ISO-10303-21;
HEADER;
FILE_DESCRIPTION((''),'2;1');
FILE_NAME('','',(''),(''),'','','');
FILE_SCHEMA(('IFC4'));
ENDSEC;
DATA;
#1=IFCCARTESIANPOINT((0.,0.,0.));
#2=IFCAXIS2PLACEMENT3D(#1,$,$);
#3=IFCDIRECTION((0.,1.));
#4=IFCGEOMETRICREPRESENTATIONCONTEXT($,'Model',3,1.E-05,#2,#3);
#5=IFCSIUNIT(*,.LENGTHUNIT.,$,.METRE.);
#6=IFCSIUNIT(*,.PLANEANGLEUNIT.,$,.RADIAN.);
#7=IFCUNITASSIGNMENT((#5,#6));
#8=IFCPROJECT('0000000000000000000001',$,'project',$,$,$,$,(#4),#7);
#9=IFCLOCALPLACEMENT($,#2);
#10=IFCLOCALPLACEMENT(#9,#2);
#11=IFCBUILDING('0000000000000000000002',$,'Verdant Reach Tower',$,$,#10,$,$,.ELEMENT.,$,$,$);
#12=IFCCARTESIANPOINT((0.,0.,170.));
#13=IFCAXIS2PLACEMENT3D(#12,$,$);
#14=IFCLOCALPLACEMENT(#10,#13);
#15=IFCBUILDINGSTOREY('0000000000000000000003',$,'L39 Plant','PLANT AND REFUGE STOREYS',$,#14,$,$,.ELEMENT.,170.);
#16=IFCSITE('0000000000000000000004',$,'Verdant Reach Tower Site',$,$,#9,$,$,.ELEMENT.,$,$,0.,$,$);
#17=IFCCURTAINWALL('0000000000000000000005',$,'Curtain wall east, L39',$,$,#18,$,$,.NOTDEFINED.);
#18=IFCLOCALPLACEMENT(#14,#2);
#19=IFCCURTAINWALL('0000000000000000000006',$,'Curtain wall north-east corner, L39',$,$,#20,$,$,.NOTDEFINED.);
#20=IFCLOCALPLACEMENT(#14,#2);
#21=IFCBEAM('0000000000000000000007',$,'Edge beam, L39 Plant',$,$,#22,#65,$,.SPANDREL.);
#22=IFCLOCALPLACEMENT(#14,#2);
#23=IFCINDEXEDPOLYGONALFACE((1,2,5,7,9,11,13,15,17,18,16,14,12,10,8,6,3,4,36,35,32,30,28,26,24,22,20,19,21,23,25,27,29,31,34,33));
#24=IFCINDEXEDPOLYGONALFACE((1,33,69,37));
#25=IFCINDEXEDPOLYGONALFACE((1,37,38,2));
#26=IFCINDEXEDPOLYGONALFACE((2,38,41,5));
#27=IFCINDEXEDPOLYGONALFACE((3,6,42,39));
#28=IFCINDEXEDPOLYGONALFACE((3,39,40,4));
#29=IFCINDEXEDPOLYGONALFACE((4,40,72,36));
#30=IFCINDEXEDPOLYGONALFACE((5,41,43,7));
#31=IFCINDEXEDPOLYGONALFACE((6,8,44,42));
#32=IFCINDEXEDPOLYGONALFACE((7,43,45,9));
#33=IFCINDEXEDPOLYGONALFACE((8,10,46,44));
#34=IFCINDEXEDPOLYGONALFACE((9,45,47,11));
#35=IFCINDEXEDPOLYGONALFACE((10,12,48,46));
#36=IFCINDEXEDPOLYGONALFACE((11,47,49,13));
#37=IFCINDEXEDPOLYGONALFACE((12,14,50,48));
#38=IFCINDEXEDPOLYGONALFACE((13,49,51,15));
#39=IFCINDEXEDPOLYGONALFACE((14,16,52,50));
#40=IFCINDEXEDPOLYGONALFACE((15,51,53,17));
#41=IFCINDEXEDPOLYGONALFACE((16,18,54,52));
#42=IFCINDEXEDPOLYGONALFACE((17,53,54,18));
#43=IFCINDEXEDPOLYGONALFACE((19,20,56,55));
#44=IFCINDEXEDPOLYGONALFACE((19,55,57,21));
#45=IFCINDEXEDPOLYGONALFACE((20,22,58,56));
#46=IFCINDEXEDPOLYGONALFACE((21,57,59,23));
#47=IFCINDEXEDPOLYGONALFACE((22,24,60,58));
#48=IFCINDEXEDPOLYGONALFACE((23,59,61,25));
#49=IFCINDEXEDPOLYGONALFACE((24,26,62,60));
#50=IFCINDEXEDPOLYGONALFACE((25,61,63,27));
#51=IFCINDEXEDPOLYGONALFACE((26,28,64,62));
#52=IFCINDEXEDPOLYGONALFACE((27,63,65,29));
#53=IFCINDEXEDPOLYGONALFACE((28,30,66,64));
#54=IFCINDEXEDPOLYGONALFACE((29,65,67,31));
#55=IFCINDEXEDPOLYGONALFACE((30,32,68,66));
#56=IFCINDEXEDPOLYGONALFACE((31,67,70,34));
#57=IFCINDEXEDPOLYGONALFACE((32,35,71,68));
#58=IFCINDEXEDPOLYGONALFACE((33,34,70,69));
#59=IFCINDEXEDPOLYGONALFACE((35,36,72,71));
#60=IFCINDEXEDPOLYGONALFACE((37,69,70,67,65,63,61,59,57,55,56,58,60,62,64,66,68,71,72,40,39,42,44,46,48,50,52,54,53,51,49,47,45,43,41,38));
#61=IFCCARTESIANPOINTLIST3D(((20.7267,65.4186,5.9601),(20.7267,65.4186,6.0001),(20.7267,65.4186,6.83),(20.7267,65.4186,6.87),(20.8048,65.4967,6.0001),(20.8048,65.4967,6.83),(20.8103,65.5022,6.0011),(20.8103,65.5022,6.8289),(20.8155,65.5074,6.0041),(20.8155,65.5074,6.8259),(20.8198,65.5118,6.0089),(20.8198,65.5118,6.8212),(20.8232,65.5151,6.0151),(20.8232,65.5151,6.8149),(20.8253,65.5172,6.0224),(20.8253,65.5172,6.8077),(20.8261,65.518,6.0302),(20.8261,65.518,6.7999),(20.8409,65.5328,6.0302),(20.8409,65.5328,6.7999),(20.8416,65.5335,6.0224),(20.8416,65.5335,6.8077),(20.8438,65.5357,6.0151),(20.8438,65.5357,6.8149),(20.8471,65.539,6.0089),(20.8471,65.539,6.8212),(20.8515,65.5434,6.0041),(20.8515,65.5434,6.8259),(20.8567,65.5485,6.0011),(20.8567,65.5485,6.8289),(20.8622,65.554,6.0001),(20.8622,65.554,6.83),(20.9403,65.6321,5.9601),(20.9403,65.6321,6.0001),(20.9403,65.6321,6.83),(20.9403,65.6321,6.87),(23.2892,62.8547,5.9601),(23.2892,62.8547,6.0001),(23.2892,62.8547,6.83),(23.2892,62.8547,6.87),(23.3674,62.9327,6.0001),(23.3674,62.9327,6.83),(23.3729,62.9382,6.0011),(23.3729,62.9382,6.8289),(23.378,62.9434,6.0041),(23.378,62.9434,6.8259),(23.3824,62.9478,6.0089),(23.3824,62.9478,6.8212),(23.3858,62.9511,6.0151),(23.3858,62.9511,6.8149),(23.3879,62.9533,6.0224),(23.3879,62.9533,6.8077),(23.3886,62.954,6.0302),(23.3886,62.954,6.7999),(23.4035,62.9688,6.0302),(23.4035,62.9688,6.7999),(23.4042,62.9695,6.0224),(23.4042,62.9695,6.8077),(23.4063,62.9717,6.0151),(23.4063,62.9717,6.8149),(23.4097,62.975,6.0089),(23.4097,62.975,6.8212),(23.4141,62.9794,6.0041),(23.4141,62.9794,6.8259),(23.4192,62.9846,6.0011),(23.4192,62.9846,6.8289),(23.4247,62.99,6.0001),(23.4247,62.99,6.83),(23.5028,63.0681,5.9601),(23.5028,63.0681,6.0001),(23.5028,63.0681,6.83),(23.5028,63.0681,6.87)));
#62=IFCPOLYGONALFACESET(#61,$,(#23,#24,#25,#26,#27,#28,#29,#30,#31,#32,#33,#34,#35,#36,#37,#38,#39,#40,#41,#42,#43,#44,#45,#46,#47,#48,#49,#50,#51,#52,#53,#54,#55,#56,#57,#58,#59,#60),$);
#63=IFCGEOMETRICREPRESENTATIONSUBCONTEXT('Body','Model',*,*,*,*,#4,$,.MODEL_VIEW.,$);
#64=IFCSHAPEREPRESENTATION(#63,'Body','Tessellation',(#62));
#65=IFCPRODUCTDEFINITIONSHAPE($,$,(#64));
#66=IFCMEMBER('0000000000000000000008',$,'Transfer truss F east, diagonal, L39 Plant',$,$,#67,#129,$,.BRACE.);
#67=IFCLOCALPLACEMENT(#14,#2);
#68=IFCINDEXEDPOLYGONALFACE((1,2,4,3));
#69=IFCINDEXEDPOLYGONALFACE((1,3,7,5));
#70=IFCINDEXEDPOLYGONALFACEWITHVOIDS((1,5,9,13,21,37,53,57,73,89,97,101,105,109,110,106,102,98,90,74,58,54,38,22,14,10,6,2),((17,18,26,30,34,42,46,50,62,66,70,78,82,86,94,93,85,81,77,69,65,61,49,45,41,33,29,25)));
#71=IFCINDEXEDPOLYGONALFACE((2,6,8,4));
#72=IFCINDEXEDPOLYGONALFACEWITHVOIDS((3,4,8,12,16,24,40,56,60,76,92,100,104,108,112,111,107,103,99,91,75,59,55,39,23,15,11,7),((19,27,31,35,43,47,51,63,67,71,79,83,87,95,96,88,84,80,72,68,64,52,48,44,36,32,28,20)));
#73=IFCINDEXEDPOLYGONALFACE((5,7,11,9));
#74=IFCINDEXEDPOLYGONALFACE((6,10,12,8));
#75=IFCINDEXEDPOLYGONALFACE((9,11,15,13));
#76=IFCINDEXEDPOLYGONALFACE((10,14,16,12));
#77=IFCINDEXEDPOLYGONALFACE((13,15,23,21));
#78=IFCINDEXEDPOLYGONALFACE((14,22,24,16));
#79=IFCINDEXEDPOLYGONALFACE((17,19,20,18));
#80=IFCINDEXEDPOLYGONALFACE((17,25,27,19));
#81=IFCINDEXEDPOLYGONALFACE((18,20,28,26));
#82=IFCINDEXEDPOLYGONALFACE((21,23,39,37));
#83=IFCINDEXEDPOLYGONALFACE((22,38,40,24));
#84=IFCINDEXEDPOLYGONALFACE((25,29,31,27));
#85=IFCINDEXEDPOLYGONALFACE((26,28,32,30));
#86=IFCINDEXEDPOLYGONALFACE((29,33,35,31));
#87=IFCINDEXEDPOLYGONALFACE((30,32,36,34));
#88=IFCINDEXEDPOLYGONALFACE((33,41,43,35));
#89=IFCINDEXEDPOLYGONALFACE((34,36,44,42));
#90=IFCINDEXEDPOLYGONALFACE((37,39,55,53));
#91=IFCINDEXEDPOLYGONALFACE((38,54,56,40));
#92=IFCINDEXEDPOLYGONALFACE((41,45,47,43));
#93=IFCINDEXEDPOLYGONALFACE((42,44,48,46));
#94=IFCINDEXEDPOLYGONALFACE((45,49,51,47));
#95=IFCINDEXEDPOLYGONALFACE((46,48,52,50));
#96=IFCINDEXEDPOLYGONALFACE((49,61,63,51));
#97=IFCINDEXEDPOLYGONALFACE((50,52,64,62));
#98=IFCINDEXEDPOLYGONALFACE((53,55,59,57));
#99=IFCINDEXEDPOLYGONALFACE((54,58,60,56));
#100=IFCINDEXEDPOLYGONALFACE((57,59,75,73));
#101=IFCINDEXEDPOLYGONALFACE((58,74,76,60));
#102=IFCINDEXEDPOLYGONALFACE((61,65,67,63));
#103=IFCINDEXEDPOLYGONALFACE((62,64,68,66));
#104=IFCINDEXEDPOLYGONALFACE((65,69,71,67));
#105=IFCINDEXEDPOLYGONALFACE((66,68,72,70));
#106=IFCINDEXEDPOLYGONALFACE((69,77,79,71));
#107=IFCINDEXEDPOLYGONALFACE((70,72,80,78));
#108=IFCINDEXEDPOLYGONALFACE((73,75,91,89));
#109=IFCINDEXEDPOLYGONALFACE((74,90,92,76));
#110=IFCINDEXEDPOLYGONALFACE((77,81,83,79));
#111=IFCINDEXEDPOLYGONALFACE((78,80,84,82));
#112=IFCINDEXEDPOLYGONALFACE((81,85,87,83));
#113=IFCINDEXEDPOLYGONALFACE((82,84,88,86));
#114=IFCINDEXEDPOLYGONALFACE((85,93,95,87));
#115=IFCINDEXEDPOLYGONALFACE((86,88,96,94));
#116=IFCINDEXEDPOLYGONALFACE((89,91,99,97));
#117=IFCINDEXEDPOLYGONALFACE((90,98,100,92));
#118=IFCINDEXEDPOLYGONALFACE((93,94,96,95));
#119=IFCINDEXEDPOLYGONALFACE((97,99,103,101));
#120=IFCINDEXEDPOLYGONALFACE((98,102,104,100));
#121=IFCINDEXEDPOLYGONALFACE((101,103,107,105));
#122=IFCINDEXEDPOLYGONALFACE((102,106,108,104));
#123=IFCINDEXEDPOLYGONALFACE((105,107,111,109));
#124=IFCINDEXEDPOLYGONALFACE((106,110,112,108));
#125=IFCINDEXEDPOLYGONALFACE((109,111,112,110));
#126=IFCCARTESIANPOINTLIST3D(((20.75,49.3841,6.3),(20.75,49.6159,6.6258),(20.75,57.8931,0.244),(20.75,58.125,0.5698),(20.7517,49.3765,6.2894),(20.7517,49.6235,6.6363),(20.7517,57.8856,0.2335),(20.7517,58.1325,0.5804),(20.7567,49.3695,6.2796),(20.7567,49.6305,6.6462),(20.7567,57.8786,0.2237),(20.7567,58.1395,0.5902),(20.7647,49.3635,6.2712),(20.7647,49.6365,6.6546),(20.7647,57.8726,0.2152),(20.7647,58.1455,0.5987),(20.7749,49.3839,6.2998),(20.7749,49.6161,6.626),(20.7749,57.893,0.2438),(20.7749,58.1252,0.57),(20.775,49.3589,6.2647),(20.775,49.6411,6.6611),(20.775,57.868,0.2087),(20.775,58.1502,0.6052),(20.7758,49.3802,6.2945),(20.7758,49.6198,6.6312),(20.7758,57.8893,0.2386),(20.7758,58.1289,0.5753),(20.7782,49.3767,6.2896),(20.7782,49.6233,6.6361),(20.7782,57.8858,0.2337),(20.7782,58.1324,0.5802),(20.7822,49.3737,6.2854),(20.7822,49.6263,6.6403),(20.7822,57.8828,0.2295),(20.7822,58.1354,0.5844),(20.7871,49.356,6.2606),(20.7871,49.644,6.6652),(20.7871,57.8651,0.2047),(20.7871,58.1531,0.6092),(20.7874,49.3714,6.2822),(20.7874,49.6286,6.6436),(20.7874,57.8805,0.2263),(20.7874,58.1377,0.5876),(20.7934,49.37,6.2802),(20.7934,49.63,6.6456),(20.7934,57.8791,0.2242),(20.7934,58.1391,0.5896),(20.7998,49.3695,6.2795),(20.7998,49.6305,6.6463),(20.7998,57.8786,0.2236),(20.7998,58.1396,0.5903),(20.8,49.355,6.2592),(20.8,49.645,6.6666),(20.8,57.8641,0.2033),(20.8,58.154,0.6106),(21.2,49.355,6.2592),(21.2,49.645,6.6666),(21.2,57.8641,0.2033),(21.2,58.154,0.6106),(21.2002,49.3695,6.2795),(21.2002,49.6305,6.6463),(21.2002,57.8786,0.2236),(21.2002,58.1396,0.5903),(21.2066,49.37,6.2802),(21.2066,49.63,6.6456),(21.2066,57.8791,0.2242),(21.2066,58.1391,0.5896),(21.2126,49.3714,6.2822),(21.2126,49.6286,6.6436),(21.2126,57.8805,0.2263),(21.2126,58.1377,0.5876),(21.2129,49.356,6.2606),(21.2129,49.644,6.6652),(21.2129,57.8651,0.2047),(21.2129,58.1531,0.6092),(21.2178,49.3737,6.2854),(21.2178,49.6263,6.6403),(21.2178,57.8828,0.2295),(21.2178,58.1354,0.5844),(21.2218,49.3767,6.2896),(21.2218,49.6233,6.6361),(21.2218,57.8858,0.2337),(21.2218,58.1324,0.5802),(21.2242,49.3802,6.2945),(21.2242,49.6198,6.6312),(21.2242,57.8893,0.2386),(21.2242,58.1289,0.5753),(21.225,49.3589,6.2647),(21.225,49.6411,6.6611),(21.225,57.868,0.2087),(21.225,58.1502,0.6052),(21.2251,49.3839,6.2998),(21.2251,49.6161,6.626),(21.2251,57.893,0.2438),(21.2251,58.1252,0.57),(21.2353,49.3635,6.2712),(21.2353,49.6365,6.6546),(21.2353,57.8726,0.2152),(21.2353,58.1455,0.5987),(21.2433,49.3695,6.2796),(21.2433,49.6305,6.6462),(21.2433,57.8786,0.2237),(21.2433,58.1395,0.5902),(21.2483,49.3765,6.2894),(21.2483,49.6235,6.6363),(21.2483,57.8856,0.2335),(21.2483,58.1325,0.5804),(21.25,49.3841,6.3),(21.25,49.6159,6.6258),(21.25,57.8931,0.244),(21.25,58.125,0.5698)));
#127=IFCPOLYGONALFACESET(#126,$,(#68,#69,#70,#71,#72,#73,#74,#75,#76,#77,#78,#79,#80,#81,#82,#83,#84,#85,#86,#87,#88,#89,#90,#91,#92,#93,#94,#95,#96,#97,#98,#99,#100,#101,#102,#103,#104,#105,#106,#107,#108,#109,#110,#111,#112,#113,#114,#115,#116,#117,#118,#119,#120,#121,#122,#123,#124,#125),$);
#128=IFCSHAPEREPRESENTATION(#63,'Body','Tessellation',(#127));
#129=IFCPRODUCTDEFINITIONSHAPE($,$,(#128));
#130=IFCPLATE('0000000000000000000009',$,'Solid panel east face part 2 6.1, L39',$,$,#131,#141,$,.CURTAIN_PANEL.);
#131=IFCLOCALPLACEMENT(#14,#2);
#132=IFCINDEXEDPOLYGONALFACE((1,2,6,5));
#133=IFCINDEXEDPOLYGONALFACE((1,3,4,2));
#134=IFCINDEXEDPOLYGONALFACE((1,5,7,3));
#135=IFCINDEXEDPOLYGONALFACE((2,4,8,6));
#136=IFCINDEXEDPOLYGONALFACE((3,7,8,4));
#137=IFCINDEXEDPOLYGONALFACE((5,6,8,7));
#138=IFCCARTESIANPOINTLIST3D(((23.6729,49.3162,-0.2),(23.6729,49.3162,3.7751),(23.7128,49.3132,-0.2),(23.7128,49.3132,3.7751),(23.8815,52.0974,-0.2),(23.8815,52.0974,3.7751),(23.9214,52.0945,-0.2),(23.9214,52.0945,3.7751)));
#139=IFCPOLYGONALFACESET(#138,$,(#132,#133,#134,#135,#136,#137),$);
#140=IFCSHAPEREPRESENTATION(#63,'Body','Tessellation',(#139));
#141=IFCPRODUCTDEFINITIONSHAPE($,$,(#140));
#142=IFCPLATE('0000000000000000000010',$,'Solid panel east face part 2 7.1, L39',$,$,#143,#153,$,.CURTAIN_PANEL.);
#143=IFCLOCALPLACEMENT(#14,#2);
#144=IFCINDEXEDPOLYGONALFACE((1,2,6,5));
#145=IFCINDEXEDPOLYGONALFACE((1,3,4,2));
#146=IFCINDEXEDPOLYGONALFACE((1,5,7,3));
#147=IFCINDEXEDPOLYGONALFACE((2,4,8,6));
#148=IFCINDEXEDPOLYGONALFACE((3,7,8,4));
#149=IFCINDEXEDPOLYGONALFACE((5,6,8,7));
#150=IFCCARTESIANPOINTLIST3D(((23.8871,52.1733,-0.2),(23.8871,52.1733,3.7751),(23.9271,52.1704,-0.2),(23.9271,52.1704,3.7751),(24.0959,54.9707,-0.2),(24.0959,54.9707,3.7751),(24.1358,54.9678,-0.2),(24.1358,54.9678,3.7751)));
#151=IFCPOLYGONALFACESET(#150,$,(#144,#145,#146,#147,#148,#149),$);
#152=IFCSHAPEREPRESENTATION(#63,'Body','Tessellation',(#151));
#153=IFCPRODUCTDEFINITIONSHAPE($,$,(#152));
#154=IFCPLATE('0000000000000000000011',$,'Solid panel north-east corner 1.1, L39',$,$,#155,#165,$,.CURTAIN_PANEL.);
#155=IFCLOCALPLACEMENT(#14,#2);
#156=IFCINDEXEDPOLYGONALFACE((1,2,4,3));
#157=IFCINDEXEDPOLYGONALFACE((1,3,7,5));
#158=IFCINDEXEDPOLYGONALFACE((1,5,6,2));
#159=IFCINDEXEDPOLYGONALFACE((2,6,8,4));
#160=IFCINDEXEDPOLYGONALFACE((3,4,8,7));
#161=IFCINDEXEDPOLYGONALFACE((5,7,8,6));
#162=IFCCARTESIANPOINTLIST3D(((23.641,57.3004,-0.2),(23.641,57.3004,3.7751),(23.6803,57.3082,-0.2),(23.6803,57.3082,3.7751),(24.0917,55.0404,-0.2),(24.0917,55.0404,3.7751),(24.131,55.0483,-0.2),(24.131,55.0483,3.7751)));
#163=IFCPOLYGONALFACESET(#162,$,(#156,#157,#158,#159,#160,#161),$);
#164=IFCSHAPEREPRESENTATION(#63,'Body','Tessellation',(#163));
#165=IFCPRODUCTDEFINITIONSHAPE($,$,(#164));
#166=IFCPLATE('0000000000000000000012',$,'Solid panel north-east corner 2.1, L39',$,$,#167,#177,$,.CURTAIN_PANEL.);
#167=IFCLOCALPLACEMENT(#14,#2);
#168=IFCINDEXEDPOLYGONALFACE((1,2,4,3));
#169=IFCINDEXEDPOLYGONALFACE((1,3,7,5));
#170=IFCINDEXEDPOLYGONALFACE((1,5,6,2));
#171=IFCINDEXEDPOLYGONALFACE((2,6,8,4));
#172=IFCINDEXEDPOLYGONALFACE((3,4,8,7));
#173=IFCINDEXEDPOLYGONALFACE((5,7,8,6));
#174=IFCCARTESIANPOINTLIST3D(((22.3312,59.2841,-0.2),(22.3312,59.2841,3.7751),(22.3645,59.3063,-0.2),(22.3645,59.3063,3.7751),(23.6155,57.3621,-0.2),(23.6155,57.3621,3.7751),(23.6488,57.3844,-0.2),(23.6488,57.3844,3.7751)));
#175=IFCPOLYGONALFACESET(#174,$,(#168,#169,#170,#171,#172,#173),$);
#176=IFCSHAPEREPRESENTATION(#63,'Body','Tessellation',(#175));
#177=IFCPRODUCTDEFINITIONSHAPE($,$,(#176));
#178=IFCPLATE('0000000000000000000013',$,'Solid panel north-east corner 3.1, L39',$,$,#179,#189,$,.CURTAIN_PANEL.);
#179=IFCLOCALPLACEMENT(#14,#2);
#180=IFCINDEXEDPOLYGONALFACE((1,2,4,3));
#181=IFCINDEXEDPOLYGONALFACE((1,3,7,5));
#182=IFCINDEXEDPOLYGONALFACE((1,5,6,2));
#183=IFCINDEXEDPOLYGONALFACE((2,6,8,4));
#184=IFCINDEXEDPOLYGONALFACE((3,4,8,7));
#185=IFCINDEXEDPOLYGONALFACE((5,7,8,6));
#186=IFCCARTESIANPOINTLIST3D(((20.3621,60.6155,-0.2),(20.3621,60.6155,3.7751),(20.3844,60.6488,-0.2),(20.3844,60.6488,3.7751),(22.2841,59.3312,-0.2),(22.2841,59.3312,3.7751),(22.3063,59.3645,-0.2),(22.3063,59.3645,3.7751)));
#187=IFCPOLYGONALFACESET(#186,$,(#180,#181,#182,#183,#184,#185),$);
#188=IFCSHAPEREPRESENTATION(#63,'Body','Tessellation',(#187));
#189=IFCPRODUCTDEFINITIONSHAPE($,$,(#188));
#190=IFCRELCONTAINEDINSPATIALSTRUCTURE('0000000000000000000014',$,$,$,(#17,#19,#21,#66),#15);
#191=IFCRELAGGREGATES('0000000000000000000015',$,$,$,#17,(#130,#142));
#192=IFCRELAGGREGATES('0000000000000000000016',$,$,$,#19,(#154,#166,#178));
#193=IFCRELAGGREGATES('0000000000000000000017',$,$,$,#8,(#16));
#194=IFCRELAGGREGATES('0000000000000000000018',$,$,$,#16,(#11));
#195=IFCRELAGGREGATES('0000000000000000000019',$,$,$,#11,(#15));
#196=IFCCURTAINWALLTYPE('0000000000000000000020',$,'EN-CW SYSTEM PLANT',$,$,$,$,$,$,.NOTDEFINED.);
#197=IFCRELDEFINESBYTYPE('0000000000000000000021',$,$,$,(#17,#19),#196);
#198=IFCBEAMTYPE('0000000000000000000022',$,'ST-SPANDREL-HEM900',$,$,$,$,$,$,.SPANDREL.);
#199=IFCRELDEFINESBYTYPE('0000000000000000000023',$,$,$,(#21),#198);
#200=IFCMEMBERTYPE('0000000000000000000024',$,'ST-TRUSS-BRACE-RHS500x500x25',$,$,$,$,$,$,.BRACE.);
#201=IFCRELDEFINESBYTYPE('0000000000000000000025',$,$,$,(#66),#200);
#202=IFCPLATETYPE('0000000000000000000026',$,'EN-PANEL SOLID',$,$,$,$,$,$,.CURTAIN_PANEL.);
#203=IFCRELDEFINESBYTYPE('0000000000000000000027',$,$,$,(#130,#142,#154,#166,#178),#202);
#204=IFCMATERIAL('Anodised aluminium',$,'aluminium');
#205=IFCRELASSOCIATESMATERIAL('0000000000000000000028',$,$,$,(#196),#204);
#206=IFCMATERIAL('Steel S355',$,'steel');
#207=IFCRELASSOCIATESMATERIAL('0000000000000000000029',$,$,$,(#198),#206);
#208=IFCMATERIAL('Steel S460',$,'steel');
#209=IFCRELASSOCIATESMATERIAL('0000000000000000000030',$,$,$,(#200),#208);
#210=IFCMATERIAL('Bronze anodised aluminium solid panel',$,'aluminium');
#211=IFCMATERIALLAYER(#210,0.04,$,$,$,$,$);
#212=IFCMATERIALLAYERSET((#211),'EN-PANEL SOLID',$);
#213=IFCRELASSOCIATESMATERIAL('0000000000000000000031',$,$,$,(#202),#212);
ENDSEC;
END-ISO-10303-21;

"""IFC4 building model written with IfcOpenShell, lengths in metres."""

from ifc_helpers import new_model, si_unit, direction, frame, origin, origin_2d, place, context, subcontext, project, spatial, rectangle, hollow_rectangle, i_section, extrude, material, layer, layer_set, material_profile, profile_set, type_object, element, aggregate, save


model = new_model("IFC4")

# Units and contexts
model_context = context("Model", 3, precision=1e-05, world=origin(), true_north=direction((0.0, 1.0)))
body_context = subcontext(model_context, "Body", "Model", "MODEL_VIEW")
ifc_project = project(units=[si_unit("LENGTHUNIT", "METRE"), si_unit("PLANEANGLEUNIT", "RADIAN")], contexts=[model_context])

# Site, building, storey
site_placement = place(None, origin())
site = spatial("IfcSite", under=ifc_project, at=site_placement, Name="Verdant Reach Tower Site", CompositionType="ELEMENT", RefElevation=0.0)
building_placement = place(site_placement, origin())
building = spatial("IfcBuilding", under=site, at=building_placement, Name="Verdant Reach Tower", CompositionType="ELEMENT")
storey_placement = place(building_placement, frame((0.0, 0.0, 170.0)))
storey = spatial("IfcBuildingStorey", under=building, at=storey_placement, Name="L39 Plant", Description="PLANT AND REFUGE STOREYS", CompositionType="ELEMENT", Elevation=170.0)

# Shared definitions
ifc_material_1 = material(Name="Steel S460", Category="steel")

# Curtain wall
ifc_material_2 = material(Name="Anodised aluminium", Category="aluminium")
curtain_wall_type = type_object("IfcCurtainWallType", Name="EN-CW SYSTEM PLANT", PredefinedType="NOTDEFINED", material=ifc_material_2)
curtain_wall_1_placement = place(storey_placement, origin())
curtain_wall_1 = element("IfcCurtainWall", 1, at=curtain_wall_1_placement, inside=storey, type_object=curtain_wall_type, Name="Curtain wall east, L39", PredefinedType="NOTDEFINED")

# Curtain wall
curtain_wall_2_placement = place(storey_placement, origin())
curtain_wall_2 = element("IfcCurtainWall", 2, at=curtain_wall_2_placement, inside=storey, type_object=curtain_wall_type, Name="Curtain wall north-east corner, L39", PredefinedType="NOTDEFINED")

# Beam
ifc_material_3 = material(Name="Steel S355", Category="steel")
ifc_material_profile_1 = material_profile(ifc_material_3, i_section(OverallWidth=0.302, OverallDepth=0.9099, WebThickness=0.021, FlangeThickness=0.04, FilletRadius=0.03, at=origin_2d()), Name="HEM 900")
ifc_profile_set_1 = profile_set([ifc_material_profile_1], Name="Steel S355")
beam_type_1 = type_object("IfcBeamType", Name="ST-SPANDREL-HEM900", PredefinedType="SPANDREL", material=ifc_profile_set_1)
beam_1_placement = place(storey_placement, frame((20.8335, 65.5254, 6.415), z_axis=(0.706905, -0.707309, 0.0), x_axis=(0.707309, 0.706905, 0.0)))
element("IfcBeam", 3, at=beam_1_placement, inside=storey, type_object=beam_type_1, Name="Edge beam, L39 Plant", PredefinedType="SPANDREL", context=body_context, shape_type="SweptSolid", body=[
    extrude(i_section(OverallWidth=0.302, OverallDepth=0.9099, WebThickness=0.021, FlangeThickness=0.04, FilletRadius=0.03, at=origin_2d()), origin(), (0.0, 0.0, 1.0), 3.625),
])

# Member
ifc_material_profile_2 = material_profile(ifc_material_1, hollow_rectangle(XDim=0.5, YDim=0.5, WallThickness=0.0249, InnerFilletRadius=0.0249, OuterFilletRadius=0.05, at=origin_2d()), Name="RHS 500x500x25")
ifc_profile_set_2 = profile_set([ifc_material_profile_2], Name="Steel S460")
member_type_1 = type_object("IfcMemberType", Name="ST-TRUSS-BRACE-RHS500x500x25", PredefinedType="BRACE", material=ifc_profile_set_2)
member_1_placement = place(storey_placement, frame((21.0, 49.5, 6.4629), z_axis=(0.0, 0.814727, -0.579844), x_axis=(-1.0, 0.0, 0.0)))
element("IfcMember", 4, at=member_1_placement, inside=storey, type_object=member_type_1, Name="Transfer truss F east, diagonal, L39 Plant", PredefinedType="BRACE", context=body_context, shape_type="SweptSolid", body=[
    extrude(hollow_rectangle(XDim=0.5, YDim=0.5, WallThickness=0.0249, InnerFilletRadius=0.0249, OuterFilletRadius=0.05, at=origin_2d()), origin(), (0.0, 0.0, 1.0), 10.4441),
])

# Plates
ifc_material_4 = material(Name="Bronze anodised aluminium solid panel", Category="aluminium")
ifc_layer_1 = layer(ifc_material_4, 0.04)
ifc_layer_set_1 = layer_set([ifc_layer_1], Name="EN-PANEL SOLID")
plate_type_1 = type_object("IfcPlateType", Name="EN-PANEL SOLID", PredefinedType="CURTAIN_PANEL", material=ifc_layer_set_1)
plate_1_placement = place(storey_placement, frame((23.7971, 50.7053, -0.2), z_axis=(0.0, 0.0, 1.0), x_axis=(0.07479, 0.997199, 0.0)))
plate_1 = element("IfcPlate", 5, at=plate_1_placement, type_object=plate_type_1, Name="Solid panel east face part 2 6.1, L39", PredefinedType="CURTAIN_PANEL", context=body_context, shape_type="SweptSolid", body=[
    extrude(rectangle(XDim=2.7891, YDim=0.04, at=origin_2d()), origin(), (0.0, 0.0, 1.0), 3.9751),
])
plate_2_placement = place(storey_placement, frame((24.0115, 53.5706, -0.2), z_axis=(0.0, 0.0, 1.0), x_axis=(0.074412, 0.997228, 0.0)))
plate_2 = element("IfcPlate", 6, at=plate_2_placement, type_object=plate_type_1, Name="Solid panel east face part 2 7.1, L39", PredefinedType="CURTAIN_PANEL", context=body_context, shape_type="SweptSolid", body=[
    extrude(rectangle(XDim=2.8052, YDim=0.04, at=origin_2d()), origin(), (0.0, 0.0, 1.0), 3.9751),
])
plate_3_placement = place(storey_placement, frame((23.886, 56.1743, -0.2), z_axis=(0.0, 0.0, 1.0), x_axis=(-0.195573, 0.980689, 0.0)))
plate_3 = element("IfcPlate", 7, at=plate_3_placement, type_object=plate_type_1, Name="Solid panel north-east corner 1.1, L39", PredefinedType="CURTAIN_PANEL", context=body_context, shape_type="SweptSolid", body=[
    extrude(rectangle(XDim=2.3044, YDim=0.04, at=origin_2d()), origin(), (0.0, 0.0, 1.0), 3.9751),
])
plate_4_placement = place(storey_placement, frame((22.99, 58.3342, -0.2), z_axis=(0.0, 0.0, 1.0), x_axis=(-0.555596, 0.831452, 0.0)))
plate_4 = element("IfcPlate", 8, at=plate_4_placement, type_object=plate_type_1, Name="Solid panel north-east corner 2.1, L39", PredefinedType="CURTAIN_PANEL", context=body_context, shape_type="SweptSolid", body=[
    extrude(rectangle(XDim=2.3115, YDim=0.04, at=origin_2d()), origin(), (0.0, 0.0, 1.0), 3.9751),
])
plate_5_placement = place(storey_placement, frame((21.3342, 59.99, -0.2), z_axis=(0.0, 0.0, 1.0), x_axis=(-0.831452, 0.555596, 0.0)))
plate_5 = element("IfcPlate", 9, at=plate_5_placement, type_object=plate_type_1, Name="Solid panel north-east corner 3.1, L39", PredefinedType="CURTAIN_PANEL", context=body_context, shape_type="SweptSolid", body=[
    extrude(rectangle(XDim=2.3115, YDim=0.04, at=origin_2d()), origin(), (0.0, 0.0, 1.0), 3.9751),
])

aggregate(curtain_wall_1, [plate_1, plate_2])
aggregate(curtain_wall_2, [plate_3, plate_4, plate_5])

save(model, "model.ifc")
